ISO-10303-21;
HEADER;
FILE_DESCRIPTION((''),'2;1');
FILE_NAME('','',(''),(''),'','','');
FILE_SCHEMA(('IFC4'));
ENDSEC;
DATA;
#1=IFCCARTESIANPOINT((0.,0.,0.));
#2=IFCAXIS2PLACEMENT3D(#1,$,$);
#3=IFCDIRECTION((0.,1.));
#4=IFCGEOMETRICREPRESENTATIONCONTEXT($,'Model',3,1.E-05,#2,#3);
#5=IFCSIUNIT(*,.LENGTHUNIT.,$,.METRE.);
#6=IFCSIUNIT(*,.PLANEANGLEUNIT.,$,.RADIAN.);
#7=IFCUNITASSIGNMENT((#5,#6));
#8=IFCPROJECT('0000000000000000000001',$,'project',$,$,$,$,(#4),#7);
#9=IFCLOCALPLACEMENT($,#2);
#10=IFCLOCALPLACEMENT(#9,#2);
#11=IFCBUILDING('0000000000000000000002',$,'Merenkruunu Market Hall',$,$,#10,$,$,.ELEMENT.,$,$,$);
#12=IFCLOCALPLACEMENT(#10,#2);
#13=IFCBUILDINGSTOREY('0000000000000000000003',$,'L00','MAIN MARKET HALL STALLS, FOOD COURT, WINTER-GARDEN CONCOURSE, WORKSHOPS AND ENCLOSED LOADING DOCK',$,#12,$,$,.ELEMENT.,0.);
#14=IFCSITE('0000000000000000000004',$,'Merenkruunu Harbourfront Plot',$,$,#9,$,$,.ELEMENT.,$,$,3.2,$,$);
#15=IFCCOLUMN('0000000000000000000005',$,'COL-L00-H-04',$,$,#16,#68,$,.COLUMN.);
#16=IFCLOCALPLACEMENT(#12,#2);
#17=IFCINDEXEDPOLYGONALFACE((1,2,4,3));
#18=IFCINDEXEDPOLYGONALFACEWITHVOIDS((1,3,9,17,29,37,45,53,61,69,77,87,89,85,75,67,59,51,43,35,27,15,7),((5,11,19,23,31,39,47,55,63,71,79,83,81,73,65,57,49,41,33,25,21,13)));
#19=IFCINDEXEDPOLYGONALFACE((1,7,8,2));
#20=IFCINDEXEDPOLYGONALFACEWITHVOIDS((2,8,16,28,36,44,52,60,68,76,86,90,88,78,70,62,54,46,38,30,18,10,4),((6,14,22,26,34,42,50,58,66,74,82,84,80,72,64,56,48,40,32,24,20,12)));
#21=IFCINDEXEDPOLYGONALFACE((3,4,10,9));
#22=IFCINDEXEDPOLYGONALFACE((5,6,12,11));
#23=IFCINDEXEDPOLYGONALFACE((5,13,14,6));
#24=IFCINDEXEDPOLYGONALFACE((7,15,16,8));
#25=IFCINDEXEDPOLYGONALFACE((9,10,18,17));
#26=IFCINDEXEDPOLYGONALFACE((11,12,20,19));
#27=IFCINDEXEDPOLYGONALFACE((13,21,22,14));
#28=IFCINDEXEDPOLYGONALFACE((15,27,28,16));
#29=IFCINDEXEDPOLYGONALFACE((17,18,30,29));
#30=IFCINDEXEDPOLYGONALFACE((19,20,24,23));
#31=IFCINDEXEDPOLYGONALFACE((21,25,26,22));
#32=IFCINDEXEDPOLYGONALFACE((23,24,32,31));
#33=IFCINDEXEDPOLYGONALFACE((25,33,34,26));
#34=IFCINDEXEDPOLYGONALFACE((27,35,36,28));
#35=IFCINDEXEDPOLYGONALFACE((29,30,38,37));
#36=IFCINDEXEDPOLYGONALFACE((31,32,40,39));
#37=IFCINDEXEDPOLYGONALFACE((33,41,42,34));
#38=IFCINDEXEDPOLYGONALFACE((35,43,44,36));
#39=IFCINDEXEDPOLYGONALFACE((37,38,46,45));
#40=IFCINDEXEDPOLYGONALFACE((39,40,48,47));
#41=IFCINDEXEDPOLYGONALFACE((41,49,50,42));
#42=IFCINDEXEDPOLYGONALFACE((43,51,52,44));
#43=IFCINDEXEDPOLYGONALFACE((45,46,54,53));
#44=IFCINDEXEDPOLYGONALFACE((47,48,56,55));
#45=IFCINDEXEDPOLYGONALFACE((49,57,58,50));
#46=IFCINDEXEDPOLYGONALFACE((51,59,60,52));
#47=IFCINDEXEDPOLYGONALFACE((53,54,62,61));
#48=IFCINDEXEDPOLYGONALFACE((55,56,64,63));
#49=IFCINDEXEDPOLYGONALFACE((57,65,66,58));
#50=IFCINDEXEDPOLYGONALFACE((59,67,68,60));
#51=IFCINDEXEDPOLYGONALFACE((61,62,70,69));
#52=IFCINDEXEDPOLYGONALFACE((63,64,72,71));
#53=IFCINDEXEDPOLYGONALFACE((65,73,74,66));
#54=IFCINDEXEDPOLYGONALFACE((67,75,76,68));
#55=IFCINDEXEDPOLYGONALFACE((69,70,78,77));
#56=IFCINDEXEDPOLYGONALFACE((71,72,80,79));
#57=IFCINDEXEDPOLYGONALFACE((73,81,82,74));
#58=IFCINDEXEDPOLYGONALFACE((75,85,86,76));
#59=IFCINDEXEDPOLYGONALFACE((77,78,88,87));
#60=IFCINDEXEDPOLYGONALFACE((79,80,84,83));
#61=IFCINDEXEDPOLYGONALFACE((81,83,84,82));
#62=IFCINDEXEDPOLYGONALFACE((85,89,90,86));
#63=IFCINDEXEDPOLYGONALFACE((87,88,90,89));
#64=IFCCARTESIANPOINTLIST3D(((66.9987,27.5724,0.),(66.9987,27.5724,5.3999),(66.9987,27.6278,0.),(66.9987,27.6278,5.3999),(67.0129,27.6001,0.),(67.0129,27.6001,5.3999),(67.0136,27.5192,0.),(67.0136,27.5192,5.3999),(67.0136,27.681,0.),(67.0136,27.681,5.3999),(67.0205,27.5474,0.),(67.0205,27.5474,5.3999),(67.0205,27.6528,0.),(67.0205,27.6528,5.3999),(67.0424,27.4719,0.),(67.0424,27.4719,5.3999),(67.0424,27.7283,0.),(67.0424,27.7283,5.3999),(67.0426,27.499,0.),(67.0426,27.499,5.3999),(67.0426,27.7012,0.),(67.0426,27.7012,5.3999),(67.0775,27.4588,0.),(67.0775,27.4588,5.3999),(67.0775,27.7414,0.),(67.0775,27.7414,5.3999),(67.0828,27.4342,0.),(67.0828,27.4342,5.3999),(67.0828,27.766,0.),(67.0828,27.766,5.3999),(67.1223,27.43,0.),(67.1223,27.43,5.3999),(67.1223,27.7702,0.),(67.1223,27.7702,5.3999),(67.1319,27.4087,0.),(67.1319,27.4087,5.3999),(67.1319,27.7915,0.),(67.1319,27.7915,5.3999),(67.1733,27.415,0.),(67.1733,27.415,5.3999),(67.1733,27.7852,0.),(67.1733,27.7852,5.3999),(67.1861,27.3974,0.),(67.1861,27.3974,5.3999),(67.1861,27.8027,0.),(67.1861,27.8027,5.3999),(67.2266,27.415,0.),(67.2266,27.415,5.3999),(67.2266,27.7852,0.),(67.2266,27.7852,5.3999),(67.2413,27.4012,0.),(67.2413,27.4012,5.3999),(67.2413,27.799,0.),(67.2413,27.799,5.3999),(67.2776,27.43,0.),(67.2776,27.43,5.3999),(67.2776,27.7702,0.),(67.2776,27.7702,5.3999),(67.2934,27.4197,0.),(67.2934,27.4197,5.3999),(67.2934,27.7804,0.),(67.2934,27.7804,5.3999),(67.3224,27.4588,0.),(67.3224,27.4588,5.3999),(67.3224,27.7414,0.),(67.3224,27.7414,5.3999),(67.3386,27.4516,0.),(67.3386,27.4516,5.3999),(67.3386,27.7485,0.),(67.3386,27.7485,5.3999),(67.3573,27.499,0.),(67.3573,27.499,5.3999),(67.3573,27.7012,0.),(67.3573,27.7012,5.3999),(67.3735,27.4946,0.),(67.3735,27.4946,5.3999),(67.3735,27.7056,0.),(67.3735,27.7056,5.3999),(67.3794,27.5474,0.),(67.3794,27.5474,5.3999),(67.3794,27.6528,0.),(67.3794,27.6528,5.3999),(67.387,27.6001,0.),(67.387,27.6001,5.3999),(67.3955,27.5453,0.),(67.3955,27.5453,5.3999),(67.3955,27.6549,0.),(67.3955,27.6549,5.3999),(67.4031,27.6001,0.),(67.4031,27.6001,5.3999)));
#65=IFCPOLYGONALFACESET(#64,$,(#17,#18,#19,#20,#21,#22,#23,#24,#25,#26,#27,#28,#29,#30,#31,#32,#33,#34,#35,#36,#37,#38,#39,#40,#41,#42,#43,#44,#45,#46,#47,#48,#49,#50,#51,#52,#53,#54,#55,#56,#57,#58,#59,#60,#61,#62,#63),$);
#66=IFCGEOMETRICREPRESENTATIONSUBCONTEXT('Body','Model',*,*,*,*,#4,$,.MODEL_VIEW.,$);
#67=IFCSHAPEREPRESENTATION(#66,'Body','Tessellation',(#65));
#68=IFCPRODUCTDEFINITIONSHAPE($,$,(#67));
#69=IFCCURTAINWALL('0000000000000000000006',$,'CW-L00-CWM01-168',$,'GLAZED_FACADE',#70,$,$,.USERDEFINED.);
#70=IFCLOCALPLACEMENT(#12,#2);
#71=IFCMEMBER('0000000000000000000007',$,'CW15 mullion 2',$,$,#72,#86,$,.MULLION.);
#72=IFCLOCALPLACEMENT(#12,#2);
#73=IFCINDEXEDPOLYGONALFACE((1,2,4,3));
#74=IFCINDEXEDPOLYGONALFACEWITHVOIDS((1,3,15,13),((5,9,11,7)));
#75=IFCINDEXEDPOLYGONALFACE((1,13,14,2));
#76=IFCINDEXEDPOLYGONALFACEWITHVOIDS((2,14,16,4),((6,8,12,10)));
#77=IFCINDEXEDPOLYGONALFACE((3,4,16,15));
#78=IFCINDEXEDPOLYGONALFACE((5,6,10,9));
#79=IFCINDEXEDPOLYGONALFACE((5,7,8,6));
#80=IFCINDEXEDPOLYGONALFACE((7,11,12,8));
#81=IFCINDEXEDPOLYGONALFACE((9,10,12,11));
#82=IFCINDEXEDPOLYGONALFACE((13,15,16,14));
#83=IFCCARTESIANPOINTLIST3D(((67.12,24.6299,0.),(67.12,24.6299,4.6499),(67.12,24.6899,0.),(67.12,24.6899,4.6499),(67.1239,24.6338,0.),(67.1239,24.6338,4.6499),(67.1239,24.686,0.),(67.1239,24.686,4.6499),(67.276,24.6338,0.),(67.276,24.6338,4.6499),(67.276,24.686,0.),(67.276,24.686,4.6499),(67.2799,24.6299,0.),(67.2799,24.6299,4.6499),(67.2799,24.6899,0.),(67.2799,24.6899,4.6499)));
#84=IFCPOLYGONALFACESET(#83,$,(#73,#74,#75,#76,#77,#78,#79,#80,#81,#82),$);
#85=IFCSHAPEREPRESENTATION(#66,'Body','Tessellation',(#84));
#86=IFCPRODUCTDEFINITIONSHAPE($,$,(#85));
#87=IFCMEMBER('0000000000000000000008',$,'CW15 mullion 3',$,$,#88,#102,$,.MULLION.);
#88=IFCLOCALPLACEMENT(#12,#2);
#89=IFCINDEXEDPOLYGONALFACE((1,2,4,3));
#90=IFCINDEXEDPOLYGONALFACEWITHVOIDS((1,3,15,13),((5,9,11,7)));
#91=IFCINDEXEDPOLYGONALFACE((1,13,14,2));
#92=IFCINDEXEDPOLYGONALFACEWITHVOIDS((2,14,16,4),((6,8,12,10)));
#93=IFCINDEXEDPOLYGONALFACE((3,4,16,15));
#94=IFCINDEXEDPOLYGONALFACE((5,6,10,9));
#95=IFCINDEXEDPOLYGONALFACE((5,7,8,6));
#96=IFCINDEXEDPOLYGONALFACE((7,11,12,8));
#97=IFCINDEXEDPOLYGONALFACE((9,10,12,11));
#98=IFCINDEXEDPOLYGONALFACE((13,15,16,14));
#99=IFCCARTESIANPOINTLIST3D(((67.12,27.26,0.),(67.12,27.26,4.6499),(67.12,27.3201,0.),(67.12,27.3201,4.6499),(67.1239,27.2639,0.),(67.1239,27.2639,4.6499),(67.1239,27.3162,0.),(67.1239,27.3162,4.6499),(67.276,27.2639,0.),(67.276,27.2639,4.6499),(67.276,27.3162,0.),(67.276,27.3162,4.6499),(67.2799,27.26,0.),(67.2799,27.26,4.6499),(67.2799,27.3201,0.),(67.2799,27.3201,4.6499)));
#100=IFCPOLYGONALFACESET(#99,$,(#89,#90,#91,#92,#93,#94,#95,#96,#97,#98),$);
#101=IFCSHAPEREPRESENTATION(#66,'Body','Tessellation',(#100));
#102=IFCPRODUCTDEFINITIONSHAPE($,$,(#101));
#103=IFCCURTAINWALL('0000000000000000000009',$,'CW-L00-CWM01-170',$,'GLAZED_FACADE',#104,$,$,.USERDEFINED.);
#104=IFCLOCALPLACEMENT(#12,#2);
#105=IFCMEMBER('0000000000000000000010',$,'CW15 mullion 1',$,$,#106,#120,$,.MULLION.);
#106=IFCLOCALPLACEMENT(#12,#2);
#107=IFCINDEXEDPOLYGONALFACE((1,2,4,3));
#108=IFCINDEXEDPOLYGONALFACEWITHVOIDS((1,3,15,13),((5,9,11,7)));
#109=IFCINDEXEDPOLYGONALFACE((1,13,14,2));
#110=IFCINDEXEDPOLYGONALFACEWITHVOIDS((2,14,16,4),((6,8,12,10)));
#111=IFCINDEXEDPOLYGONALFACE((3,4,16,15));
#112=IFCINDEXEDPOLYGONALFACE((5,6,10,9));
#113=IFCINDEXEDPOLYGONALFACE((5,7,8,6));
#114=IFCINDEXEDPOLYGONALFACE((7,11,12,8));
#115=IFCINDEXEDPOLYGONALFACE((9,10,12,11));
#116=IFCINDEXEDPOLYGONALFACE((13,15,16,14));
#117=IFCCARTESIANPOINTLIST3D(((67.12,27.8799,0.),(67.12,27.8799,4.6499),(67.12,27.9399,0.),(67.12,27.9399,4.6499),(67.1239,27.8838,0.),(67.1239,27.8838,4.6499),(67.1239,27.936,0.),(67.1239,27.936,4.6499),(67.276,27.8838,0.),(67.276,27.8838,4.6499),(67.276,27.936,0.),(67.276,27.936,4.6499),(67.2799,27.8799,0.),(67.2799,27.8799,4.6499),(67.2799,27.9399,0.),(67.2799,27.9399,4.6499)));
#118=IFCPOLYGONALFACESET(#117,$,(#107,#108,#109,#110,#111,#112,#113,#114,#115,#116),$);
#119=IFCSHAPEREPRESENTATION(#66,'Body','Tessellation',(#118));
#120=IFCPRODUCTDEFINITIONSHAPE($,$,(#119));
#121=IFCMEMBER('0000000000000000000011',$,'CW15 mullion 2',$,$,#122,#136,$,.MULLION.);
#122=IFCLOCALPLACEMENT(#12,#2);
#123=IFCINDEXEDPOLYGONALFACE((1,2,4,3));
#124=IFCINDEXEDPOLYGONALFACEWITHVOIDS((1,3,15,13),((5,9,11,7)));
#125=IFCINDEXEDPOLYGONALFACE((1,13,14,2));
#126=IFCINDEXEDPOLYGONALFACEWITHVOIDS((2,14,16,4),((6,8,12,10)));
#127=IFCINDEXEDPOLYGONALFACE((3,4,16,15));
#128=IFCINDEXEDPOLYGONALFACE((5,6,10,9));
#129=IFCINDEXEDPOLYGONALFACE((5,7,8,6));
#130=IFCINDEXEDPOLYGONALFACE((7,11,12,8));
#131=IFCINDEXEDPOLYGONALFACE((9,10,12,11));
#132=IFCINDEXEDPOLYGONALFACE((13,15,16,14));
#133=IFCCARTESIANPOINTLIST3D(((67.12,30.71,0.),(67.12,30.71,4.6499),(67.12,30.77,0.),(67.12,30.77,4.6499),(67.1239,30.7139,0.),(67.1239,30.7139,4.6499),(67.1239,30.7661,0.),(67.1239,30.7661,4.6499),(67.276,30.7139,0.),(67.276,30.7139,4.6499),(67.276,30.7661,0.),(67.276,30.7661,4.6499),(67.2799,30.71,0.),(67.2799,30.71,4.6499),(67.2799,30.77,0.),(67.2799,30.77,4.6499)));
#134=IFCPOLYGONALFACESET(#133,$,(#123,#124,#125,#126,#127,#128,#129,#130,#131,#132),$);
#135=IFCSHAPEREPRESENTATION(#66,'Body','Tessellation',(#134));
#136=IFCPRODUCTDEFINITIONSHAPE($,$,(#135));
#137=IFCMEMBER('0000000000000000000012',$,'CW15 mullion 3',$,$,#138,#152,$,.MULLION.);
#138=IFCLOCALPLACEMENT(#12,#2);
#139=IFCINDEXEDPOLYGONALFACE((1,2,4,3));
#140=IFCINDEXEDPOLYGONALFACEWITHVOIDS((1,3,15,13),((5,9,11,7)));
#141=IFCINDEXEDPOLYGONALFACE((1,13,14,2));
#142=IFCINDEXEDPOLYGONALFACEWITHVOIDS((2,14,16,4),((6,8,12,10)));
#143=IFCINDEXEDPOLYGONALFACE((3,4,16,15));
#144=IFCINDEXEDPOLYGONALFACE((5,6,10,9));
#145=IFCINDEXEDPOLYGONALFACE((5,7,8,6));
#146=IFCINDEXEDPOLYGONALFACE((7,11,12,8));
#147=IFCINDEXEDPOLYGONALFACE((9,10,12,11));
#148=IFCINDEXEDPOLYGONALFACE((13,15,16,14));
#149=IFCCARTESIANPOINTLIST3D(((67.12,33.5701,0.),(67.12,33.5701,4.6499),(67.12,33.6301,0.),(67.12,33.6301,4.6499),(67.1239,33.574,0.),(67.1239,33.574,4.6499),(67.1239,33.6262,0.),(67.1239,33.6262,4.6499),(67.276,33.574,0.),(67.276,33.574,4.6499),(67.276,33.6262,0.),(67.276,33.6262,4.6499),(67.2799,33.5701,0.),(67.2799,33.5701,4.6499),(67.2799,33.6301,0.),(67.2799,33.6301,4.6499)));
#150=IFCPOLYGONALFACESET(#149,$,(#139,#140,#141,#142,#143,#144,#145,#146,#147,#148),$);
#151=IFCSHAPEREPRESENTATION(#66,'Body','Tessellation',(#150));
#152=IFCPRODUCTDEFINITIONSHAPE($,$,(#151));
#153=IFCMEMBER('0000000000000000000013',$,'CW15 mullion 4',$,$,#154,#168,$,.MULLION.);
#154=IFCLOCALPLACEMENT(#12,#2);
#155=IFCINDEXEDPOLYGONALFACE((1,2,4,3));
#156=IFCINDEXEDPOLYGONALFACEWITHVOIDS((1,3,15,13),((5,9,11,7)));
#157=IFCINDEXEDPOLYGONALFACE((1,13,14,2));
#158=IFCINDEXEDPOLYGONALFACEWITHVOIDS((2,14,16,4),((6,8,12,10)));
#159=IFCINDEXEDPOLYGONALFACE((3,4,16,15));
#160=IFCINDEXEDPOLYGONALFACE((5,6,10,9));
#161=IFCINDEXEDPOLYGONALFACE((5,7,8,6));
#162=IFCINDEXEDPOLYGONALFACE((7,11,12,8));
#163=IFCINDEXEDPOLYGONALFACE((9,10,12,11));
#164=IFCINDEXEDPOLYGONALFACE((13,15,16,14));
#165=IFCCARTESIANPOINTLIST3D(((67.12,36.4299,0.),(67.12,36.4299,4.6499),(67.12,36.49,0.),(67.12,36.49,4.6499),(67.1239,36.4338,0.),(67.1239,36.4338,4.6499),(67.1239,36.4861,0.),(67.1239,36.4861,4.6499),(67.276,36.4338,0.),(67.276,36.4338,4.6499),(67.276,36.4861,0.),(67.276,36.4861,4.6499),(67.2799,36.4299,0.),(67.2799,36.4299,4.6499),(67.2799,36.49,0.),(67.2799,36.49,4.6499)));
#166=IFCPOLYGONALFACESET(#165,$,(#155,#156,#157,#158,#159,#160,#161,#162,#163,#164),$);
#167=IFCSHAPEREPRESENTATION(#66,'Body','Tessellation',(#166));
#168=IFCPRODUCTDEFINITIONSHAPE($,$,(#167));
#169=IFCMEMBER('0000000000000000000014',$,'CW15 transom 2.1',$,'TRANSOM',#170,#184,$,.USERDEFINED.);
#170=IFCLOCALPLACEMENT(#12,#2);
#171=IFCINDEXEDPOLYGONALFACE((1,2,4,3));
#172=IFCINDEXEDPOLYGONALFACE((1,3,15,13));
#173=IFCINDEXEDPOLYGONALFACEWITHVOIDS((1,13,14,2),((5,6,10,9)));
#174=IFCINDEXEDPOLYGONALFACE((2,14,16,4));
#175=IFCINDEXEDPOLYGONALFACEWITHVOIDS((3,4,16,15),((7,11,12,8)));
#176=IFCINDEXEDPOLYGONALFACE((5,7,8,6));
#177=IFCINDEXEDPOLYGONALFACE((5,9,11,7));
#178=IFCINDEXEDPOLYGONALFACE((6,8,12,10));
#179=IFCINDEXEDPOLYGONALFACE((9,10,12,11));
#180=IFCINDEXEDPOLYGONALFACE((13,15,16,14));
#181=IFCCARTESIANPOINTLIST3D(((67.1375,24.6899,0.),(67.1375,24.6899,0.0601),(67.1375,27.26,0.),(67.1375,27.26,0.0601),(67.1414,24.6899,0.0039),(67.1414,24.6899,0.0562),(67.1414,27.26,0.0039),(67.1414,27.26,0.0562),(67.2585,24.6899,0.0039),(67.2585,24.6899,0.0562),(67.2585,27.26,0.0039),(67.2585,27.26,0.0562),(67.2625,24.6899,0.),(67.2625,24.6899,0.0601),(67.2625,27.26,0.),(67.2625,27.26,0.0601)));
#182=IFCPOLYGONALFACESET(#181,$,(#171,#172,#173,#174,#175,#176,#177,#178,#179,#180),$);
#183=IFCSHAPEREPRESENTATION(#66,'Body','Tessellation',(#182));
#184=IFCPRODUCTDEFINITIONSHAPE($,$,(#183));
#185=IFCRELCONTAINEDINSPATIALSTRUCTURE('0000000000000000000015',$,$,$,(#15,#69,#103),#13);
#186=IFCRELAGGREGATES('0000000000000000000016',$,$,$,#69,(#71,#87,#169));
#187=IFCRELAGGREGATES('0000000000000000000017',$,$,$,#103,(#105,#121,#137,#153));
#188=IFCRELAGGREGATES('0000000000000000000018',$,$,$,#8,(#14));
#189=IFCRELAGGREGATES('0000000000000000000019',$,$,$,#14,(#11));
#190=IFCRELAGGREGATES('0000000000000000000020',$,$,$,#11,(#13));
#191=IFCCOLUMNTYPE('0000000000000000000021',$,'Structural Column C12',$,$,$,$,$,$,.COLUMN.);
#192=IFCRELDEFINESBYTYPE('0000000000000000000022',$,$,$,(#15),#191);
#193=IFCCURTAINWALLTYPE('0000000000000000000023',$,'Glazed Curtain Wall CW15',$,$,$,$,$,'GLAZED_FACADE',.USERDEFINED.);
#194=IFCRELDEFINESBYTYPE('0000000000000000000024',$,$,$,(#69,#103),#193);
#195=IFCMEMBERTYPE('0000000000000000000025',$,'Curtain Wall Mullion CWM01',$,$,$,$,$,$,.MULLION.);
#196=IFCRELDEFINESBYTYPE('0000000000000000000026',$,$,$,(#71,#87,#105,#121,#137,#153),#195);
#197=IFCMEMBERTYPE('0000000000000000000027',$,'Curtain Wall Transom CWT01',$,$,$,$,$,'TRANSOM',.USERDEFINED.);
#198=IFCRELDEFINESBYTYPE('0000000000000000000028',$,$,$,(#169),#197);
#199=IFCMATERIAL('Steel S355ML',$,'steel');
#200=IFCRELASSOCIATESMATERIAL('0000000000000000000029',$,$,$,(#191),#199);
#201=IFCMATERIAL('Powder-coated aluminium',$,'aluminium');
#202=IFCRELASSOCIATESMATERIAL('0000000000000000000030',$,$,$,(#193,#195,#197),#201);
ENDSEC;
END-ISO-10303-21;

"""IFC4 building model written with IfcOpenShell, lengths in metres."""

from ifc_helpers import new_model, si_unit, direction, frame, origin, origin_2d, place, context, subcontext, project, spatial, hollow_rectangle, hollow_circle, extrude, material, material_profile, profile_set, type_object, element, aggregate, save


model = new_model("IFC4")

# Units and contexts
model_context = context("Model", 3, precision=1e-05, world=origin(), true_north=direction((0.0, 1.0)))
body_context = subcontext(model_context, "Body", "Model", "MODEL_VIEW")
ifc_project = project(units=[si_unit("LENGTHUNIT", "METRE"), si_unit("PLANEANGLEUNIT", "RADIAN")], contexts=[model_context])

# Site, building, storey
site_placement = place(None, origin())
site = spatial("IfcSite", under=ifc_project, at=site_placement, Name="Merenkruunu Harbourfront Plot", CompositionType="ELEMENT", RefElevation=3.2)
building_placement = place(site_placement, origin())
building = spatial("IfcBuilding", under=site, at=building_placement, Name="Merenkruunu Market Hall", CompositionType="ELEMENT")
storey_placement = place(building_placement, origin())
storey = spatial("IfcBuildingStorey", under=building, at=storey_placement, Name="L00", Description="MAIN MARKET HALL STALLS, FOOD COURT, WINTER-GARDEN CONCOURSE, WORKSHOPS AND ENCLOSED LOADING DOCK", CompositionType="ELEMENT", Elevation=0.0)

# Column
ifc_material_1 = material(Name="Steel S355ML", Category="steel")
ifc_material_profile_1 = material_profile(ifc_material_1, hollow_circle(Radius=0.2031, WallThickness=0.0161, at=origin_2d()), Name="CHS 406.4x16")
ifc_profile_set_1 = profile_set([ifc_material_profile_1], Name="Steel S355ML")
column_type = type_object("IfcColumnType", Name="Structural Column C12", PredefinedType="COLUMN", material=ifc_profile_set_1)
column_placement = place(storey_placement, frame((67.2, 27.6001, 0.0), z_axis=(0.0, 0.0, 1.0), x_axis=(1.0, 0.0, 0.0)))
element("IfcColumn", 1, at=column_placement, inside=storey, type_object=column_type, Name="COL-L00-H-04", PredefinedType="COLUMN", context=body_context, shape_type="SweptSolid", body=[
    extrude(hollow_circle(Radius=0.2031, WallThickness=0.0161, at=origin_2d()), origin(), (0.0, 0.0, 1.0), 5.3999),
])

# Curtain walls, members
ifc_material_2 = material(Name="Powder-coated aluminium", Category="aluminium")
curtain_wall_type = type_object("IfcCurtainWallType", Name="Glazed Curtain Wall CW15", ElementType="GLAZED_FACADE", PredefinedType="USERDEFINED", material=ifc_material_2)
curtain_wall_1_placement = place(storey_placement, origin())
curtain_wall_1 = element("IfcCurtainWall", 2, at=curtain_wall_1_placement, inside=storey, type_object=curtain_wall_type, Name="CW-L00-CWM01-168", ObjectType="GLAZED_FACADE", PredefinedType="USERDEFINED")
ifc_material_profile_2 = material_profile(ifc_material_2, hollow_rectangle(XDim=0.0601, YDim=0.1599, WallThickness=0.0039, at=origin_2d()), Name="ALU 60x160x4")
ifc_profile_set_2 = profile_set([ifc_material_profile_2], Name="Powder-coated aluminium")
member_type_1 = type_object("IfcMemberType", Name="Curtain Wall Mullion CWM01", PredefinedType="MULLION", material=ifc_profile_set_2)
member_1_placement = place(storey_placement, frame((67.2, 24.6599, 0.0), z_axis=(0.0, 0.0, 1.0), x_axis=(0.0, 1.0, 0.0)))
member_1 = element("IfcMember", 3, at=member_1_placement, type_object=member_type_1, Name="CW15 mullion 2", PredefinedType="MULLION", context=body_context, shape_type="SweptSolid", body=[
    extrude(hollow_rectangle(XDim=0.0601, YDim=0.1599, WallThickness=0.0039, at=origin_2d()), origin(), (0.0, 0.0, 1.0), 4.6499),
])
member_2_placement = place(storey_placement, frame((67.2, 27.29, 0.0), z_axis=(0.0, 0.0, 1.0), x_axis=(0.0, 1.0, 0.0)))
member_2 = element("IfcMember", 4, at=member_2_placement, type_object=member_type_1, Name="CW15 mullion 3", PredefinedType="MULLION", context=body_context, shape_type="SweptSolid", body=[
    extrude(hollow_rectangle(XDim=0.0601, YDim=0.1599, WallThickness=0.0039, at=origin_2d()), origin(), (0.0, 0.0, 1.0), 4.6499),
])
curtain_wall_2_placement = place(storey_placement, origin())
curtain_wall_2 = element("IfcCurtainWall", 5, at=curtain_wall_2_placement, inside=storey, type_object=curtain_wall_type, Name="CW-L00-CWM01-170", ObjectType="GLAZED_FACADE", PredefinedType="USERDEFINED")
member_3_placement = place(storey_placement, frame((67.2, 27.9099, 0.0), z_axis=(0.0, 0.0, 1.0), x_axis=(0.0, 1.0, 0.0)))
member_3 = element("IfcMember", 6, at=member_3_placement, type_object=member_type_1, Name="CW15 mullion 1", PredefinedType="MULLION", context=body_context, shape_type="SweptSolid", body=[
    extrude(hollow_rectangle(XDim=0.0601, YDim=0.1599, WallThickness=0.0039, at=origin_2d()), origin(), (0.0, 0.0, 1.0), 4.6499),
])
member_4_placement = place(storey_placement, frame((67.2, 30.74, 0.0), z_axis=(0.0, 0.0, 1.0), x_axis=(0.0, 1.0, 0.0)))
member_4 = element("IfcMember", 7, at=member_4_placement, type_object=member_type_1, Name="CW15 mullion 2", PredefinedType="MULLION", context=body_context, shape_type="SweptSolid", body=[
    extrude(hollow_rectangle(XDim=0.0601, YDim=0.1599, WallThickness=0.0039, at=origin_2d()), origin(), (0.0, 0.0, 1.0), 4.6499),
])
member_5_placement = place(storey_placement, frame((67.2, 33.6001, 0.0), z_axis=(0.0, 0.0, 1.0), x_axis=(0.0, 1.0, 0.0)))
member_5 = element("IfcMember", 8, at=member_5_placement, type_object=member_type_1, Name="CW15 mullion 3", PredefinedType="MULLION", context=body_context, shape_type="SweptSolid", body=[
    extrude(hollow_rectangle(XDim=0.0601, YDim=0.1599, WallThickness=0.0039, at=origin_2d()), origin(), (0.0, 0.0, 1.0), 4.6499),
])
member_6_placement = place(storey_placement, frame((67.2, 36.46, 0.0), z_axis=(0.0, 0.0, 1.0), x_axis=(0.0, 1.0, 0.0)))
member_6 = element("IfcMember", 9, at=member_6_placement, type_object=member_type_1, Name="CW15 mullion 4", PredefinedType="MULLION", context=body_context, shape_type="SweptSolid", body=[
    extrude(hollow_rectangle(XDim=0.0601, YDim=0.1599, WallThickness=0.0039, at=origin_2d()), origin(), (0.0, 0.0, 1.0), 4.6499),
])

# Member
ifc_material_profile_3 = material_profile(ifc_material_2, hollow_rectangle(XDim=0.0601, YDim=0.125, WallThickness=0.0039, at=origin_2d()), Name="ALU 60x125x4")
ifc_profile_set_3 = profile_set([ifc_material_profile_3], Name="Powder-coated aluminium")
member_type_2 = type_object("IfcMemberType", Name="Curtain Wall Transom CWT01", ElementType="TRANSOM", PredefinedType="USERDEFINED", material=ifc_profile_set_3)
member_7_placement = place(storey_placement, frame((67.2, 24.6899, 0.03), z_axis=(0.0, 1.0, 0.0), x_axis=(0.0, 0.0, 1.0)))
member_7 = element("IfcMember", 10, at=member_7_placement, type_object=member_type_2, Name="CW15 transom 2.1", ObjectType="TRANSOM", PredefinedType="USERDEFINED", context=body_context, shape_type="SweptSolid", body=[
    extrude(hollow_rectangle(XDim=0.0601, YDim=0.125, WallThickness=0.0039, at=origin_2d()), origin(), (0.0, 0.0, 1.0), 2.5701),
])

aggregate(curtain_wall_1, [member_1, member_2, member_7])
aggregate(curtain_wall_2, [member_3, member_4, member_5, member_6])

save(model, "model.ifc")
